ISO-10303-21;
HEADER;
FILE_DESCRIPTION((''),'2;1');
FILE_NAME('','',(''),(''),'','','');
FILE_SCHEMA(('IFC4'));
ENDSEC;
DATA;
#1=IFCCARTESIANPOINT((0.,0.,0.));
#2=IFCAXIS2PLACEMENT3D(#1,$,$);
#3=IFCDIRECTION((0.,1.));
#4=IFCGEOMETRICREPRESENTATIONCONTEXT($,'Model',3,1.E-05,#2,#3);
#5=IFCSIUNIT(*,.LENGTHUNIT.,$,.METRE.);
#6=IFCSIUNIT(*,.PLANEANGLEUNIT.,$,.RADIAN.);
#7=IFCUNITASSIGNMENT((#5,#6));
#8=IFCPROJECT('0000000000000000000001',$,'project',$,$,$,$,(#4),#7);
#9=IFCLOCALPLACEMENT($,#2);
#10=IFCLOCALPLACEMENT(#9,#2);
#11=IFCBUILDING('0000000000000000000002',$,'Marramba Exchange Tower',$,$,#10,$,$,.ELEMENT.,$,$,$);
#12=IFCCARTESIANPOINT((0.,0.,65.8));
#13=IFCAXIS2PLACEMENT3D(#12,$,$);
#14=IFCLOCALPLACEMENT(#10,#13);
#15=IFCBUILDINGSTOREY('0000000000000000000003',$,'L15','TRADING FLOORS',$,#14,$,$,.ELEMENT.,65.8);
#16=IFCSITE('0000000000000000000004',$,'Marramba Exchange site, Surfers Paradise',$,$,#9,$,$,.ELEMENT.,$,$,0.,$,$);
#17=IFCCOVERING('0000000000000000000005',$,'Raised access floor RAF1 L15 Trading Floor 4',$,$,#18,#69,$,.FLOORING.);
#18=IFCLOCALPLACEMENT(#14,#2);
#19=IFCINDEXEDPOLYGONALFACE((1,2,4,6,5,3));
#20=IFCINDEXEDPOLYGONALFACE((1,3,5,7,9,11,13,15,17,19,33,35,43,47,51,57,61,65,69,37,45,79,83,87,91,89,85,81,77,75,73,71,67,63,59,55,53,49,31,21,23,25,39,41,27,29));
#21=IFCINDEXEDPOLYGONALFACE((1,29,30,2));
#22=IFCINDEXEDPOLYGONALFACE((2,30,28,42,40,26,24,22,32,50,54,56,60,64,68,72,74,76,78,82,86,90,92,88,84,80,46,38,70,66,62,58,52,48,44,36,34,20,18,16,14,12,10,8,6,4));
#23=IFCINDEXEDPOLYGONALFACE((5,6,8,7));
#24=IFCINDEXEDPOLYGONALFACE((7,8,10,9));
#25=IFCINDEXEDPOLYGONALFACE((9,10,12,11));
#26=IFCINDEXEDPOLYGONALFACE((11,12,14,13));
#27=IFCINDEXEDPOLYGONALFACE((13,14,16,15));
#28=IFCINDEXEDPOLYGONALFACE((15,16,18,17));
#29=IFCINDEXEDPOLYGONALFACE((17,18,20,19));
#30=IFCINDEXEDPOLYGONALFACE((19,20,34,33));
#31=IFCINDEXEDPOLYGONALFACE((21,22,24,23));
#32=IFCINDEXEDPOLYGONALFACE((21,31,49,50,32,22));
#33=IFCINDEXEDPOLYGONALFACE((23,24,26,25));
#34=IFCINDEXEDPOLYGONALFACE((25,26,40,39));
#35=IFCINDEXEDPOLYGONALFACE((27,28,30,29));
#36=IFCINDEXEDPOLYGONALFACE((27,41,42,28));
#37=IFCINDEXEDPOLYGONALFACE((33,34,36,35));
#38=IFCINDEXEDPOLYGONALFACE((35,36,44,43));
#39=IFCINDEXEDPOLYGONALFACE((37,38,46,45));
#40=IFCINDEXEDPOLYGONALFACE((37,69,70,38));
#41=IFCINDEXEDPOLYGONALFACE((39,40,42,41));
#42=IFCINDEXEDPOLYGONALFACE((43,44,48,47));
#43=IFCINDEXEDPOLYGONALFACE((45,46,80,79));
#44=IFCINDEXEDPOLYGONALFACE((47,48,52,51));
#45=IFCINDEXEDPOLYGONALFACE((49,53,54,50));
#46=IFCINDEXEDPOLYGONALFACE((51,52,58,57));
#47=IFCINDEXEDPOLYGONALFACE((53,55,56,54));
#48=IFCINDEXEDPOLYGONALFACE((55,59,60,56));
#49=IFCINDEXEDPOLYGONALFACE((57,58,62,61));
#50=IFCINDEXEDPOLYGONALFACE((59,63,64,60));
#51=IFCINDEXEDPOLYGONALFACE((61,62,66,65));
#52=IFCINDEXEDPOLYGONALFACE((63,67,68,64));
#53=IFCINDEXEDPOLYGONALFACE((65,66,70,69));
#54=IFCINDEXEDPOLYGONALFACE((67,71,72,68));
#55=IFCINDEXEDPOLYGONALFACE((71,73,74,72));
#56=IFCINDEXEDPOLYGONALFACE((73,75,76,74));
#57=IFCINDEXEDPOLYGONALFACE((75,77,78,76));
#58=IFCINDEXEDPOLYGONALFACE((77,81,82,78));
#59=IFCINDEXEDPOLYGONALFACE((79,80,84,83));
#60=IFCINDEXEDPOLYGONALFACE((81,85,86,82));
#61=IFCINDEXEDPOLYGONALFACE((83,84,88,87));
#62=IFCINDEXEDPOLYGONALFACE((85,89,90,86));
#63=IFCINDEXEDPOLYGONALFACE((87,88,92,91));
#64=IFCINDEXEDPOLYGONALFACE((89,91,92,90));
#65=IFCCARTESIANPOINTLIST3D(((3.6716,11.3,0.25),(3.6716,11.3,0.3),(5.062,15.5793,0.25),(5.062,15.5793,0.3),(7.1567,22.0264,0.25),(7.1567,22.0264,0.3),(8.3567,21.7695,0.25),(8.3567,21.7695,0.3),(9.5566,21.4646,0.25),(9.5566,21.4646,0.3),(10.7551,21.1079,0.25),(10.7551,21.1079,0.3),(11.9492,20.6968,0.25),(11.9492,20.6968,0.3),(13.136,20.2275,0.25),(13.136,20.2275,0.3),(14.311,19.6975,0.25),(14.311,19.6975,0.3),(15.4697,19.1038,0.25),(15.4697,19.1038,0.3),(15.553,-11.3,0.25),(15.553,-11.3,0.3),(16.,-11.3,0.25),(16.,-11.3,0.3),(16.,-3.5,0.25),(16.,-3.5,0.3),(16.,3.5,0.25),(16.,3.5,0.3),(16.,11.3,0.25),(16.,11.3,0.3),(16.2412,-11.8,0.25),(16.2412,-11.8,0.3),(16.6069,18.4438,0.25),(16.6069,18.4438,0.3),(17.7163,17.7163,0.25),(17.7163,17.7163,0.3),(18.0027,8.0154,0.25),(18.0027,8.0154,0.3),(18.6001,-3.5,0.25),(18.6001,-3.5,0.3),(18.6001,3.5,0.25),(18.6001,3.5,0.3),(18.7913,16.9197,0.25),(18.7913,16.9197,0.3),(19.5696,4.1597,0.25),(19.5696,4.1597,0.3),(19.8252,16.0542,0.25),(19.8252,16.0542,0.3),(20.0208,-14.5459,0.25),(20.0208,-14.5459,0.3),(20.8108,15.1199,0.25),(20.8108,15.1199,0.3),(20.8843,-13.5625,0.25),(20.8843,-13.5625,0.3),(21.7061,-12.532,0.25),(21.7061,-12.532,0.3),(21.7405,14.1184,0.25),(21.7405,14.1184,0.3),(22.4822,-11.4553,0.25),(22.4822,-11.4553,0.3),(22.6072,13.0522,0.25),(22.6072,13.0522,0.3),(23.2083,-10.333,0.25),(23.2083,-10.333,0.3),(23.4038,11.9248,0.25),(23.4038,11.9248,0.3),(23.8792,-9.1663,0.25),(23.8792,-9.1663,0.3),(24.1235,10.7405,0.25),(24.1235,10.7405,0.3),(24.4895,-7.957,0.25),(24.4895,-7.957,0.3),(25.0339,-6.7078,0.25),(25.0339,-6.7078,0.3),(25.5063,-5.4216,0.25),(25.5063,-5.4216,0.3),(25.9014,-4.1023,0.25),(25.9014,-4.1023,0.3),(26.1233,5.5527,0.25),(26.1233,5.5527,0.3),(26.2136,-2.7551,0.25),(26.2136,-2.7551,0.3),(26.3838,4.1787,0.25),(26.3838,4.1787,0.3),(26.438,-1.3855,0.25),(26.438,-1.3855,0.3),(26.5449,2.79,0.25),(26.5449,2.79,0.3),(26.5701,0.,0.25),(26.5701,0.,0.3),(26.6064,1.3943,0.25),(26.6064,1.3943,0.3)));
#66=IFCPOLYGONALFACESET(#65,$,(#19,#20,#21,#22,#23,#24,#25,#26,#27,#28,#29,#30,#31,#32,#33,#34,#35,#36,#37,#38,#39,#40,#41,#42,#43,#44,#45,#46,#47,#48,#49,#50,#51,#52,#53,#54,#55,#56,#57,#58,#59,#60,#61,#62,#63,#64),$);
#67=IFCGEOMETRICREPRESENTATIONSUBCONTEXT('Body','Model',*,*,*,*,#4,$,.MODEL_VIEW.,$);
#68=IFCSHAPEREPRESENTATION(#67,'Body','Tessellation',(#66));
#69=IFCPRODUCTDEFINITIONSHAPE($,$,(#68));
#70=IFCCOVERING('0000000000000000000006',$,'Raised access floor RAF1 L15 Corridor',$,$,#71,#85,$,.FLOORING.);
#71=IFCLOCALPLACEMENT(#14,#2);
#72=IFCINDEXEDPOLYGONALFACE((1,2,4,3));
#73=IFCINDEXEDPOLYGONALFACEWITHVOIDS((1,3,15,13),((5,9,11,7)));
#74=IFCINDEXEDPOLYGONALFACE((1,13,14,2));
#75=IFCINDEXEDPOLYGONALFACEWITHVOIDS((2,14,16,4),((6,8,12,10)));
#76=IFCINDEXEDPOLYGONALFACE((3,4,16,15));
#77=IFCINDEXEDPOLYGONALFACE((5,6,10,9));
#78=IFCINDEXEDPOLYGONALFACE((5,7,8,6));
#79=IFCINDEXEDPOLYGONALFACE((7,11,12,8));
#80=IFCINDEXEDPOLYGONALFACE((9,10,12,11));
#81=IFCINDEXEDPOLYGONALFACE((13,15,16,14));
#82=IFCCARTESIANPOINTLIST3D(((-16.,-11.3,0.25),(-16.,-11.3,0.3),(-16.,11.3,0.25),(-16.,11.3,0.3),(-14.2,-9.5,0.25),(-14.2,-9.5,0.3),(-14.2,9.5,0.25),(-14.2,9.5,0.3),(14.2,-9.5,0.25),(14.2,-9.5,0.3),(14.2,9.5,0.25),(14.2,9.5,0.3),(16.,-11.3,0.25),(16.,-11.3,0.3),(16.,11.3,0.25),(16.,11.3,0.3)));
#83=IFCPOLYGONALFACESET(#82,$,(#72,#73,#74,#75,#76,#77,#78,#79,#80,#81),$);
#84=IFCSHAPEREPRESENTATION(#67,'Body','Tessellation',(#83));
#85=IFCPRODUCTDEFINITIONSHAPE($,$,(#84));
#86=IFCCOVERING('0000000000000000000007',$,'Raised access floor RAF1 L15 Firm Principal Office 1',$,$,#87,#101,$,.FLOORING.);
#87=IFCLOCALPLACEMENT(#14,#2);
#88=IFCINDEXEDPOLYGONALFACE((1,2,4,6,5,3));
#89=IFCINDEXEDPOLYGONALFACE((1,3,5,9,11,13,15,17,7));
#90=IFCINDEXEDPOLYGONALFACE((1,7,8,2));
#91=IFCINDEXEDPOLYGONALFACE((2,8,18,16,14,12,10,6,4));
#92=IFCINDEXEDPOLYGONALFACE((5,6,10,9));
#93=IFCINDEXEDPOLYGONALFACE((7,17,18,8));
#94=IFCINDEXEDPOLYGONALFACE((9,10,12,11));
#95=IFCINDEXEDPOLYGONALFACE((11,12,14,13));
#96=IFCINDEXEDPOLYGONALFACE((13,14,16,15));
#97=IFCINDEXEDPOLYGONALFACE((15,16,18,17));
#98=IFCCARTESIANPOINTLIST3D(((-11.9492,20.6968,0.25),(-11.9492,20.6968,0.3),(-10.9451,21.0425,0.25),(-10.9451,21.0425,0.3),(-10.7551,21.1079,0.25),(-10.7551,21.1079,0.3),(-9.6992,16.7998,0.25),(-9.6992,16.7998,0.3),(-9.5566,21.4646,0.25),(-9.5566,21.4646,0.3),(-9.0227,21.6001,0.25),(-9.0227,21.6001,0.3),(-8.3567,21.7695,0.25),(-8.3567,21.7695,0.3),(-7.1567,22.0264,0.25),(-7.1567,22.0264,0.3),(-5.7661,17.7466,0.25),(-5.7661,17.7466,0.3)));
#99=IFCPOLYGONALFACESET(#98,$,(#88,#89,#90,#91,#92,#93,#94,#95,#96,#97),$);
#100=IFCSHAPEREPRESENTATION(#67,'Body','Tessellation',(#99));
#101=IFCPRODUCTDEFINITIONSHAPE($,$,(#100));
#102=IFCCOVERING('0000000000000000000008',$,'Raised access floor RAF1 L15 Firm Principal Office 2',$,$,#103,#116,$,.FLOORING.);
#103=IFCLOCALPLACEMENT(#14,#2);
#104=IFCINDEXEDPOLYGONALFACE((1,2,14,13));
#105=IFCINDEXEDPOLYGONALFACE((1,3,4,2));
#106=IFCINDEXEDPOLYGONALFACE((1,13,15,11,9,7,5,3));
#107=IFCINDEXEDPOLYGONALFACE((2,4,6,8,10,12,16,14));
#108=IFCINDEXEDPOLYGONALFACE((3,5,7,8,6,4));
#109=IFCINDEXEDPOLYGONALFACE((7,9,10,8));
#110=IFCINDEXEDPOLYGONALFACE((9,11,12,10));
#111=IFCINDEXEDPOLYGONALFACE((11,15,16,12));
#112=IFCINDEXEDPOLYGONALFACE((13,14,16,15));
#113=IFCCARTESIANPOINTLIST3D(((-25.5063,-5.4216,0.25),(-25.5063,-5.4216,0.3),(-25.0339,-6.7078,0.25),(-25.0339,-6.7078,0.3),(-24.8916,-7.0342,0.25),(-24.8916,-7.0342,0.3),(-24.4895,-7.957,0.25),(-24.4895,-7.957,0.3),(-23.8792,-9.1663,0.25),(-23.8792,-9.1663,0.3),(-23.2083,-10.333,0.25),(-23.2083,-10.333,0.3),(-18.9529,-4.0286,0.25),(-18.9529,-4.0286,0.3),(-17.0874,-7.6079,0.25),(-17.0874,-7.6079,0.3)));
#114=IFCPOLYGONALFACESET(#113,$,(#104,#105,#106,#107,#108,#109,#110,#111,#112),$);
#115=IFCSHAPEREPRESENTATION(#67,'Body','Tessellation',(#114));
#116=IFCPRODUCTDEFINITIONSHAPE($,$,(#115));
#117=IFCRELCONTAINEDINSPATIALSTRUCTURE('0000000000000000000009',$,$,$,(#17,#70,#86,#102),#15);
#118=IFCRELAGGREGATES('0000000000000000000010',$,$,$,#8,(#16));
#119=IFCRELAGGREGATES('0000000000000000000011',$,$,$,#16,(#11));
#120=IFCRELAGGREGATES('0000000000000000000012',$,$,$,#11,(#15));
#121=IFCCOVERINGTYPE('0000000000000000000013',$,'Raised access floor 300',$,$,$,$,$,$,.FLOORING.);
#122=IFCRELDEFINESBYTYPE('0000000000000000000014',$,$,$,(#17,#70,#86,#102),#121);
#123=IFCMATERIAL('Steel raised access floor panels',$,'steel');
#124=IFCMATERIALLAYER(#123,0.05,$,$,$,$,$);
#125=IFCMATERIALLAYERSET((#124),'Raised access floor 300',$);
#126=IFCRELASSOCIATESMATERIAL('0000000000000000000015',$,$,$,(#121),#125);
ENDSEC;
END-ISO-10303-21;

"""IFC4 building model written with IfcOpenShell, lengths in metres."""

from ifc_helpers import new_model, si_unit, direction, frame, origin, place, context, subcontext, project, spatial, polyline, outline, extrude, material, layer, layer_set, type_object, element, save


model = new_model("IFC4")

# Units and contexts
model_context = context("Model", 3, precision=1e-05, world=origin(), true_north=direction((0.0, 1.0)))
body_context = subcontext(model_context, "Body", "Model", "MODEL_VIEW")
ifc_project = project(units=[si_unit("LENGTHUNIT", "METRE"), si_unit("PLANEANGLEUNIT", "RADIAN")], contexts=[model_context])

# Site, building, storey
site_placement = place(None, origin())
site = spatial("IfcSite", under=ifc_project, at=site_placement, Name="Marramba Exchange site, Surfers Paradise", CompositionType="ELEMENT", RefElevation=0.0)
building_placement = place(site_placement, origin())
building = spatial("IfcBuilding", under=site, at=building_placement, Name="Marramba Exchange Tower", CompositionType="ELEMENT")
storey_placement = place(building_placement, frame((0.0, 0.0, 65.8)))
storey = spatial("IfcBuildingStorey", under=building, at=storey_placement, Name="L15", Description="TRADING FLOORS", CompositionType="ELEMENT", Elevation=65.8)

# Coverings
ifc_material_1 = material(Name="Steel raised access floor panels", Category="steel")
ifc_layer_1 = layer(ifc_material_1, 0.05)
ifc_layer_set_1 = layer_set([ifc_layer_1], Name="Raised access floor 300")
covering_type_1 = type_object("IfcCoveringType", Name="Raised access floor 300", PredefinedType="FLOORING", material=ifc_layer_set_1)
covering_1_placement = place(storey_placement, frame((0.0, 0.0, 0.25)))
element("IfcCovering", 1, at=covering_1_placement, inside=storey, type_object=covering_type_1, Name="Raised access floor RAF1 L15 Trading Floor 4", PredefinedType="FLOORING", context=body_context, shape_type="SweptSolid", body=[
    extrude(outline(polyline([(16.0, -3.5), (18.6001, -3.5), (18.6001, 3.5), (16.0, 3.5), (16.0, 11.3), (3.6716, 11.3), (5.062, 15.5793), (7.1567, 22.0264), (8.3567, 21.7695), (9.5566, 21.4646), (10.7551, 21.1079), (11.9492, 20.6968), (13.136, 20.2275), (14.311, 19.6975), (15.4697, 19.1038), (16.6069, 18.4438), (17.7163, 17.7163), (18.7913, 16.9197), (19.8252, 16.0542), (20.8108, 15.1199), (21.7405, 14.1184), (22.6072, 13.0522), (23.4038, 11.9248), (24.1235, 10.7405), (18.0027, 8.0154), (19.5696, 4.1597), (26.1233, 5.5527), (26.3838, 4.1787), (26.5449, 2.79), (26.6064, 1.3943), (26.5701, 0.0), (26.438, -1.3855), (26.2136, -2.7551), (25.9014, -4.1023), (25.5063, -5.4216), (25.0339, -6.7078), (24.4895, -7.957), (23.8792, -9.1663), (23.2083, -10.333), (22.4822, -11.4553), (21.7061, -12.532), (20.8843, -13.5625), (20.0208, -14.5459), (16.2412, -11.8), (15.553, -11.3), (16.0, -11.3), (16.0, -3.5)])), origin(), (0.0, 0.0, 1.0), 0.05),
])
covering_2_placement = place(storey_placement, frame((0.0, 0.0, 0.25)))
element("IfcCovering", 2, at=covering_2_placement, inside=storey, type_object=covering_type_1, Name="Raised access floor RAF1 L15 Corridor", PredefinedType="FLOORING", context=body_context, shape_type="SweptSolid", body=[
    extrude(outline(polyline([(-16.0, 11.3), (16.0, 11.3), (16.0, -11.3), (-16.0, -11.3), (-16.0, 11.3)]), holes=[polyline([(-14.2, 9.5), (-14.2, -9.5), (14.2, -9.5), (14.2, 9.5), (-14.2, 9.5)])]), origin(), (0.0, 0.0, 1.0), 0.05),
])
covering_3_placement = place(storey_placement, frame((0.0, 0.0, 0.25)))
element("IfcCovering", 3, at=covering_3_placement, inside=storey, type_object=covering_type_1, Name="Raised access floor RAF1 L15 Firm Principal Office 1", PredefinedType="FLOORING", context=body_context, shape_type="SweptSolid", body=[
    extrude(outline(polyline([(-10.9451, 21.0425), (-10.7551, 21.1079), (-9.5566, 21.4646), (-9.0227, 21.6001), (-8.3567, 21.7695), (-7.1567, 22.0264), (-5.7661, 17.7466), (-9.6992, 16.7998), (-11.9492, 20.6968), (-10.9451, 21.0425)])), origin(), (0.0, 0.0, 1.0), 0.05),
])
covering_4_placement = place(storey_placement, frame((0.0, 0.0, 0.25)))
element("IfcCovering", 4, at=covering_4_placement, inside=storey, type_object=covering_type_1, Name="Raised access floor RAF1 L15 Firm Principal Office 2", PredefinedType="FLOORING", context=body_context, shape_type="SweptSolid", body=[
    extrude(outline(polyline([(-23.8792, -9.1663), (-24.4895, -7.957), (-24.8916, -7.0342), (-25.0339, -6.7078), (-25.5063, -5.4216), (-18.9529, -4.0286), (-17.0874, -7.6079), (-23.2083, -10.333), (-23.8792, -9.1663)])), origin(), (0.0, 0.0, 1.0), 0.05),
])

save(model, "model.ifc")
